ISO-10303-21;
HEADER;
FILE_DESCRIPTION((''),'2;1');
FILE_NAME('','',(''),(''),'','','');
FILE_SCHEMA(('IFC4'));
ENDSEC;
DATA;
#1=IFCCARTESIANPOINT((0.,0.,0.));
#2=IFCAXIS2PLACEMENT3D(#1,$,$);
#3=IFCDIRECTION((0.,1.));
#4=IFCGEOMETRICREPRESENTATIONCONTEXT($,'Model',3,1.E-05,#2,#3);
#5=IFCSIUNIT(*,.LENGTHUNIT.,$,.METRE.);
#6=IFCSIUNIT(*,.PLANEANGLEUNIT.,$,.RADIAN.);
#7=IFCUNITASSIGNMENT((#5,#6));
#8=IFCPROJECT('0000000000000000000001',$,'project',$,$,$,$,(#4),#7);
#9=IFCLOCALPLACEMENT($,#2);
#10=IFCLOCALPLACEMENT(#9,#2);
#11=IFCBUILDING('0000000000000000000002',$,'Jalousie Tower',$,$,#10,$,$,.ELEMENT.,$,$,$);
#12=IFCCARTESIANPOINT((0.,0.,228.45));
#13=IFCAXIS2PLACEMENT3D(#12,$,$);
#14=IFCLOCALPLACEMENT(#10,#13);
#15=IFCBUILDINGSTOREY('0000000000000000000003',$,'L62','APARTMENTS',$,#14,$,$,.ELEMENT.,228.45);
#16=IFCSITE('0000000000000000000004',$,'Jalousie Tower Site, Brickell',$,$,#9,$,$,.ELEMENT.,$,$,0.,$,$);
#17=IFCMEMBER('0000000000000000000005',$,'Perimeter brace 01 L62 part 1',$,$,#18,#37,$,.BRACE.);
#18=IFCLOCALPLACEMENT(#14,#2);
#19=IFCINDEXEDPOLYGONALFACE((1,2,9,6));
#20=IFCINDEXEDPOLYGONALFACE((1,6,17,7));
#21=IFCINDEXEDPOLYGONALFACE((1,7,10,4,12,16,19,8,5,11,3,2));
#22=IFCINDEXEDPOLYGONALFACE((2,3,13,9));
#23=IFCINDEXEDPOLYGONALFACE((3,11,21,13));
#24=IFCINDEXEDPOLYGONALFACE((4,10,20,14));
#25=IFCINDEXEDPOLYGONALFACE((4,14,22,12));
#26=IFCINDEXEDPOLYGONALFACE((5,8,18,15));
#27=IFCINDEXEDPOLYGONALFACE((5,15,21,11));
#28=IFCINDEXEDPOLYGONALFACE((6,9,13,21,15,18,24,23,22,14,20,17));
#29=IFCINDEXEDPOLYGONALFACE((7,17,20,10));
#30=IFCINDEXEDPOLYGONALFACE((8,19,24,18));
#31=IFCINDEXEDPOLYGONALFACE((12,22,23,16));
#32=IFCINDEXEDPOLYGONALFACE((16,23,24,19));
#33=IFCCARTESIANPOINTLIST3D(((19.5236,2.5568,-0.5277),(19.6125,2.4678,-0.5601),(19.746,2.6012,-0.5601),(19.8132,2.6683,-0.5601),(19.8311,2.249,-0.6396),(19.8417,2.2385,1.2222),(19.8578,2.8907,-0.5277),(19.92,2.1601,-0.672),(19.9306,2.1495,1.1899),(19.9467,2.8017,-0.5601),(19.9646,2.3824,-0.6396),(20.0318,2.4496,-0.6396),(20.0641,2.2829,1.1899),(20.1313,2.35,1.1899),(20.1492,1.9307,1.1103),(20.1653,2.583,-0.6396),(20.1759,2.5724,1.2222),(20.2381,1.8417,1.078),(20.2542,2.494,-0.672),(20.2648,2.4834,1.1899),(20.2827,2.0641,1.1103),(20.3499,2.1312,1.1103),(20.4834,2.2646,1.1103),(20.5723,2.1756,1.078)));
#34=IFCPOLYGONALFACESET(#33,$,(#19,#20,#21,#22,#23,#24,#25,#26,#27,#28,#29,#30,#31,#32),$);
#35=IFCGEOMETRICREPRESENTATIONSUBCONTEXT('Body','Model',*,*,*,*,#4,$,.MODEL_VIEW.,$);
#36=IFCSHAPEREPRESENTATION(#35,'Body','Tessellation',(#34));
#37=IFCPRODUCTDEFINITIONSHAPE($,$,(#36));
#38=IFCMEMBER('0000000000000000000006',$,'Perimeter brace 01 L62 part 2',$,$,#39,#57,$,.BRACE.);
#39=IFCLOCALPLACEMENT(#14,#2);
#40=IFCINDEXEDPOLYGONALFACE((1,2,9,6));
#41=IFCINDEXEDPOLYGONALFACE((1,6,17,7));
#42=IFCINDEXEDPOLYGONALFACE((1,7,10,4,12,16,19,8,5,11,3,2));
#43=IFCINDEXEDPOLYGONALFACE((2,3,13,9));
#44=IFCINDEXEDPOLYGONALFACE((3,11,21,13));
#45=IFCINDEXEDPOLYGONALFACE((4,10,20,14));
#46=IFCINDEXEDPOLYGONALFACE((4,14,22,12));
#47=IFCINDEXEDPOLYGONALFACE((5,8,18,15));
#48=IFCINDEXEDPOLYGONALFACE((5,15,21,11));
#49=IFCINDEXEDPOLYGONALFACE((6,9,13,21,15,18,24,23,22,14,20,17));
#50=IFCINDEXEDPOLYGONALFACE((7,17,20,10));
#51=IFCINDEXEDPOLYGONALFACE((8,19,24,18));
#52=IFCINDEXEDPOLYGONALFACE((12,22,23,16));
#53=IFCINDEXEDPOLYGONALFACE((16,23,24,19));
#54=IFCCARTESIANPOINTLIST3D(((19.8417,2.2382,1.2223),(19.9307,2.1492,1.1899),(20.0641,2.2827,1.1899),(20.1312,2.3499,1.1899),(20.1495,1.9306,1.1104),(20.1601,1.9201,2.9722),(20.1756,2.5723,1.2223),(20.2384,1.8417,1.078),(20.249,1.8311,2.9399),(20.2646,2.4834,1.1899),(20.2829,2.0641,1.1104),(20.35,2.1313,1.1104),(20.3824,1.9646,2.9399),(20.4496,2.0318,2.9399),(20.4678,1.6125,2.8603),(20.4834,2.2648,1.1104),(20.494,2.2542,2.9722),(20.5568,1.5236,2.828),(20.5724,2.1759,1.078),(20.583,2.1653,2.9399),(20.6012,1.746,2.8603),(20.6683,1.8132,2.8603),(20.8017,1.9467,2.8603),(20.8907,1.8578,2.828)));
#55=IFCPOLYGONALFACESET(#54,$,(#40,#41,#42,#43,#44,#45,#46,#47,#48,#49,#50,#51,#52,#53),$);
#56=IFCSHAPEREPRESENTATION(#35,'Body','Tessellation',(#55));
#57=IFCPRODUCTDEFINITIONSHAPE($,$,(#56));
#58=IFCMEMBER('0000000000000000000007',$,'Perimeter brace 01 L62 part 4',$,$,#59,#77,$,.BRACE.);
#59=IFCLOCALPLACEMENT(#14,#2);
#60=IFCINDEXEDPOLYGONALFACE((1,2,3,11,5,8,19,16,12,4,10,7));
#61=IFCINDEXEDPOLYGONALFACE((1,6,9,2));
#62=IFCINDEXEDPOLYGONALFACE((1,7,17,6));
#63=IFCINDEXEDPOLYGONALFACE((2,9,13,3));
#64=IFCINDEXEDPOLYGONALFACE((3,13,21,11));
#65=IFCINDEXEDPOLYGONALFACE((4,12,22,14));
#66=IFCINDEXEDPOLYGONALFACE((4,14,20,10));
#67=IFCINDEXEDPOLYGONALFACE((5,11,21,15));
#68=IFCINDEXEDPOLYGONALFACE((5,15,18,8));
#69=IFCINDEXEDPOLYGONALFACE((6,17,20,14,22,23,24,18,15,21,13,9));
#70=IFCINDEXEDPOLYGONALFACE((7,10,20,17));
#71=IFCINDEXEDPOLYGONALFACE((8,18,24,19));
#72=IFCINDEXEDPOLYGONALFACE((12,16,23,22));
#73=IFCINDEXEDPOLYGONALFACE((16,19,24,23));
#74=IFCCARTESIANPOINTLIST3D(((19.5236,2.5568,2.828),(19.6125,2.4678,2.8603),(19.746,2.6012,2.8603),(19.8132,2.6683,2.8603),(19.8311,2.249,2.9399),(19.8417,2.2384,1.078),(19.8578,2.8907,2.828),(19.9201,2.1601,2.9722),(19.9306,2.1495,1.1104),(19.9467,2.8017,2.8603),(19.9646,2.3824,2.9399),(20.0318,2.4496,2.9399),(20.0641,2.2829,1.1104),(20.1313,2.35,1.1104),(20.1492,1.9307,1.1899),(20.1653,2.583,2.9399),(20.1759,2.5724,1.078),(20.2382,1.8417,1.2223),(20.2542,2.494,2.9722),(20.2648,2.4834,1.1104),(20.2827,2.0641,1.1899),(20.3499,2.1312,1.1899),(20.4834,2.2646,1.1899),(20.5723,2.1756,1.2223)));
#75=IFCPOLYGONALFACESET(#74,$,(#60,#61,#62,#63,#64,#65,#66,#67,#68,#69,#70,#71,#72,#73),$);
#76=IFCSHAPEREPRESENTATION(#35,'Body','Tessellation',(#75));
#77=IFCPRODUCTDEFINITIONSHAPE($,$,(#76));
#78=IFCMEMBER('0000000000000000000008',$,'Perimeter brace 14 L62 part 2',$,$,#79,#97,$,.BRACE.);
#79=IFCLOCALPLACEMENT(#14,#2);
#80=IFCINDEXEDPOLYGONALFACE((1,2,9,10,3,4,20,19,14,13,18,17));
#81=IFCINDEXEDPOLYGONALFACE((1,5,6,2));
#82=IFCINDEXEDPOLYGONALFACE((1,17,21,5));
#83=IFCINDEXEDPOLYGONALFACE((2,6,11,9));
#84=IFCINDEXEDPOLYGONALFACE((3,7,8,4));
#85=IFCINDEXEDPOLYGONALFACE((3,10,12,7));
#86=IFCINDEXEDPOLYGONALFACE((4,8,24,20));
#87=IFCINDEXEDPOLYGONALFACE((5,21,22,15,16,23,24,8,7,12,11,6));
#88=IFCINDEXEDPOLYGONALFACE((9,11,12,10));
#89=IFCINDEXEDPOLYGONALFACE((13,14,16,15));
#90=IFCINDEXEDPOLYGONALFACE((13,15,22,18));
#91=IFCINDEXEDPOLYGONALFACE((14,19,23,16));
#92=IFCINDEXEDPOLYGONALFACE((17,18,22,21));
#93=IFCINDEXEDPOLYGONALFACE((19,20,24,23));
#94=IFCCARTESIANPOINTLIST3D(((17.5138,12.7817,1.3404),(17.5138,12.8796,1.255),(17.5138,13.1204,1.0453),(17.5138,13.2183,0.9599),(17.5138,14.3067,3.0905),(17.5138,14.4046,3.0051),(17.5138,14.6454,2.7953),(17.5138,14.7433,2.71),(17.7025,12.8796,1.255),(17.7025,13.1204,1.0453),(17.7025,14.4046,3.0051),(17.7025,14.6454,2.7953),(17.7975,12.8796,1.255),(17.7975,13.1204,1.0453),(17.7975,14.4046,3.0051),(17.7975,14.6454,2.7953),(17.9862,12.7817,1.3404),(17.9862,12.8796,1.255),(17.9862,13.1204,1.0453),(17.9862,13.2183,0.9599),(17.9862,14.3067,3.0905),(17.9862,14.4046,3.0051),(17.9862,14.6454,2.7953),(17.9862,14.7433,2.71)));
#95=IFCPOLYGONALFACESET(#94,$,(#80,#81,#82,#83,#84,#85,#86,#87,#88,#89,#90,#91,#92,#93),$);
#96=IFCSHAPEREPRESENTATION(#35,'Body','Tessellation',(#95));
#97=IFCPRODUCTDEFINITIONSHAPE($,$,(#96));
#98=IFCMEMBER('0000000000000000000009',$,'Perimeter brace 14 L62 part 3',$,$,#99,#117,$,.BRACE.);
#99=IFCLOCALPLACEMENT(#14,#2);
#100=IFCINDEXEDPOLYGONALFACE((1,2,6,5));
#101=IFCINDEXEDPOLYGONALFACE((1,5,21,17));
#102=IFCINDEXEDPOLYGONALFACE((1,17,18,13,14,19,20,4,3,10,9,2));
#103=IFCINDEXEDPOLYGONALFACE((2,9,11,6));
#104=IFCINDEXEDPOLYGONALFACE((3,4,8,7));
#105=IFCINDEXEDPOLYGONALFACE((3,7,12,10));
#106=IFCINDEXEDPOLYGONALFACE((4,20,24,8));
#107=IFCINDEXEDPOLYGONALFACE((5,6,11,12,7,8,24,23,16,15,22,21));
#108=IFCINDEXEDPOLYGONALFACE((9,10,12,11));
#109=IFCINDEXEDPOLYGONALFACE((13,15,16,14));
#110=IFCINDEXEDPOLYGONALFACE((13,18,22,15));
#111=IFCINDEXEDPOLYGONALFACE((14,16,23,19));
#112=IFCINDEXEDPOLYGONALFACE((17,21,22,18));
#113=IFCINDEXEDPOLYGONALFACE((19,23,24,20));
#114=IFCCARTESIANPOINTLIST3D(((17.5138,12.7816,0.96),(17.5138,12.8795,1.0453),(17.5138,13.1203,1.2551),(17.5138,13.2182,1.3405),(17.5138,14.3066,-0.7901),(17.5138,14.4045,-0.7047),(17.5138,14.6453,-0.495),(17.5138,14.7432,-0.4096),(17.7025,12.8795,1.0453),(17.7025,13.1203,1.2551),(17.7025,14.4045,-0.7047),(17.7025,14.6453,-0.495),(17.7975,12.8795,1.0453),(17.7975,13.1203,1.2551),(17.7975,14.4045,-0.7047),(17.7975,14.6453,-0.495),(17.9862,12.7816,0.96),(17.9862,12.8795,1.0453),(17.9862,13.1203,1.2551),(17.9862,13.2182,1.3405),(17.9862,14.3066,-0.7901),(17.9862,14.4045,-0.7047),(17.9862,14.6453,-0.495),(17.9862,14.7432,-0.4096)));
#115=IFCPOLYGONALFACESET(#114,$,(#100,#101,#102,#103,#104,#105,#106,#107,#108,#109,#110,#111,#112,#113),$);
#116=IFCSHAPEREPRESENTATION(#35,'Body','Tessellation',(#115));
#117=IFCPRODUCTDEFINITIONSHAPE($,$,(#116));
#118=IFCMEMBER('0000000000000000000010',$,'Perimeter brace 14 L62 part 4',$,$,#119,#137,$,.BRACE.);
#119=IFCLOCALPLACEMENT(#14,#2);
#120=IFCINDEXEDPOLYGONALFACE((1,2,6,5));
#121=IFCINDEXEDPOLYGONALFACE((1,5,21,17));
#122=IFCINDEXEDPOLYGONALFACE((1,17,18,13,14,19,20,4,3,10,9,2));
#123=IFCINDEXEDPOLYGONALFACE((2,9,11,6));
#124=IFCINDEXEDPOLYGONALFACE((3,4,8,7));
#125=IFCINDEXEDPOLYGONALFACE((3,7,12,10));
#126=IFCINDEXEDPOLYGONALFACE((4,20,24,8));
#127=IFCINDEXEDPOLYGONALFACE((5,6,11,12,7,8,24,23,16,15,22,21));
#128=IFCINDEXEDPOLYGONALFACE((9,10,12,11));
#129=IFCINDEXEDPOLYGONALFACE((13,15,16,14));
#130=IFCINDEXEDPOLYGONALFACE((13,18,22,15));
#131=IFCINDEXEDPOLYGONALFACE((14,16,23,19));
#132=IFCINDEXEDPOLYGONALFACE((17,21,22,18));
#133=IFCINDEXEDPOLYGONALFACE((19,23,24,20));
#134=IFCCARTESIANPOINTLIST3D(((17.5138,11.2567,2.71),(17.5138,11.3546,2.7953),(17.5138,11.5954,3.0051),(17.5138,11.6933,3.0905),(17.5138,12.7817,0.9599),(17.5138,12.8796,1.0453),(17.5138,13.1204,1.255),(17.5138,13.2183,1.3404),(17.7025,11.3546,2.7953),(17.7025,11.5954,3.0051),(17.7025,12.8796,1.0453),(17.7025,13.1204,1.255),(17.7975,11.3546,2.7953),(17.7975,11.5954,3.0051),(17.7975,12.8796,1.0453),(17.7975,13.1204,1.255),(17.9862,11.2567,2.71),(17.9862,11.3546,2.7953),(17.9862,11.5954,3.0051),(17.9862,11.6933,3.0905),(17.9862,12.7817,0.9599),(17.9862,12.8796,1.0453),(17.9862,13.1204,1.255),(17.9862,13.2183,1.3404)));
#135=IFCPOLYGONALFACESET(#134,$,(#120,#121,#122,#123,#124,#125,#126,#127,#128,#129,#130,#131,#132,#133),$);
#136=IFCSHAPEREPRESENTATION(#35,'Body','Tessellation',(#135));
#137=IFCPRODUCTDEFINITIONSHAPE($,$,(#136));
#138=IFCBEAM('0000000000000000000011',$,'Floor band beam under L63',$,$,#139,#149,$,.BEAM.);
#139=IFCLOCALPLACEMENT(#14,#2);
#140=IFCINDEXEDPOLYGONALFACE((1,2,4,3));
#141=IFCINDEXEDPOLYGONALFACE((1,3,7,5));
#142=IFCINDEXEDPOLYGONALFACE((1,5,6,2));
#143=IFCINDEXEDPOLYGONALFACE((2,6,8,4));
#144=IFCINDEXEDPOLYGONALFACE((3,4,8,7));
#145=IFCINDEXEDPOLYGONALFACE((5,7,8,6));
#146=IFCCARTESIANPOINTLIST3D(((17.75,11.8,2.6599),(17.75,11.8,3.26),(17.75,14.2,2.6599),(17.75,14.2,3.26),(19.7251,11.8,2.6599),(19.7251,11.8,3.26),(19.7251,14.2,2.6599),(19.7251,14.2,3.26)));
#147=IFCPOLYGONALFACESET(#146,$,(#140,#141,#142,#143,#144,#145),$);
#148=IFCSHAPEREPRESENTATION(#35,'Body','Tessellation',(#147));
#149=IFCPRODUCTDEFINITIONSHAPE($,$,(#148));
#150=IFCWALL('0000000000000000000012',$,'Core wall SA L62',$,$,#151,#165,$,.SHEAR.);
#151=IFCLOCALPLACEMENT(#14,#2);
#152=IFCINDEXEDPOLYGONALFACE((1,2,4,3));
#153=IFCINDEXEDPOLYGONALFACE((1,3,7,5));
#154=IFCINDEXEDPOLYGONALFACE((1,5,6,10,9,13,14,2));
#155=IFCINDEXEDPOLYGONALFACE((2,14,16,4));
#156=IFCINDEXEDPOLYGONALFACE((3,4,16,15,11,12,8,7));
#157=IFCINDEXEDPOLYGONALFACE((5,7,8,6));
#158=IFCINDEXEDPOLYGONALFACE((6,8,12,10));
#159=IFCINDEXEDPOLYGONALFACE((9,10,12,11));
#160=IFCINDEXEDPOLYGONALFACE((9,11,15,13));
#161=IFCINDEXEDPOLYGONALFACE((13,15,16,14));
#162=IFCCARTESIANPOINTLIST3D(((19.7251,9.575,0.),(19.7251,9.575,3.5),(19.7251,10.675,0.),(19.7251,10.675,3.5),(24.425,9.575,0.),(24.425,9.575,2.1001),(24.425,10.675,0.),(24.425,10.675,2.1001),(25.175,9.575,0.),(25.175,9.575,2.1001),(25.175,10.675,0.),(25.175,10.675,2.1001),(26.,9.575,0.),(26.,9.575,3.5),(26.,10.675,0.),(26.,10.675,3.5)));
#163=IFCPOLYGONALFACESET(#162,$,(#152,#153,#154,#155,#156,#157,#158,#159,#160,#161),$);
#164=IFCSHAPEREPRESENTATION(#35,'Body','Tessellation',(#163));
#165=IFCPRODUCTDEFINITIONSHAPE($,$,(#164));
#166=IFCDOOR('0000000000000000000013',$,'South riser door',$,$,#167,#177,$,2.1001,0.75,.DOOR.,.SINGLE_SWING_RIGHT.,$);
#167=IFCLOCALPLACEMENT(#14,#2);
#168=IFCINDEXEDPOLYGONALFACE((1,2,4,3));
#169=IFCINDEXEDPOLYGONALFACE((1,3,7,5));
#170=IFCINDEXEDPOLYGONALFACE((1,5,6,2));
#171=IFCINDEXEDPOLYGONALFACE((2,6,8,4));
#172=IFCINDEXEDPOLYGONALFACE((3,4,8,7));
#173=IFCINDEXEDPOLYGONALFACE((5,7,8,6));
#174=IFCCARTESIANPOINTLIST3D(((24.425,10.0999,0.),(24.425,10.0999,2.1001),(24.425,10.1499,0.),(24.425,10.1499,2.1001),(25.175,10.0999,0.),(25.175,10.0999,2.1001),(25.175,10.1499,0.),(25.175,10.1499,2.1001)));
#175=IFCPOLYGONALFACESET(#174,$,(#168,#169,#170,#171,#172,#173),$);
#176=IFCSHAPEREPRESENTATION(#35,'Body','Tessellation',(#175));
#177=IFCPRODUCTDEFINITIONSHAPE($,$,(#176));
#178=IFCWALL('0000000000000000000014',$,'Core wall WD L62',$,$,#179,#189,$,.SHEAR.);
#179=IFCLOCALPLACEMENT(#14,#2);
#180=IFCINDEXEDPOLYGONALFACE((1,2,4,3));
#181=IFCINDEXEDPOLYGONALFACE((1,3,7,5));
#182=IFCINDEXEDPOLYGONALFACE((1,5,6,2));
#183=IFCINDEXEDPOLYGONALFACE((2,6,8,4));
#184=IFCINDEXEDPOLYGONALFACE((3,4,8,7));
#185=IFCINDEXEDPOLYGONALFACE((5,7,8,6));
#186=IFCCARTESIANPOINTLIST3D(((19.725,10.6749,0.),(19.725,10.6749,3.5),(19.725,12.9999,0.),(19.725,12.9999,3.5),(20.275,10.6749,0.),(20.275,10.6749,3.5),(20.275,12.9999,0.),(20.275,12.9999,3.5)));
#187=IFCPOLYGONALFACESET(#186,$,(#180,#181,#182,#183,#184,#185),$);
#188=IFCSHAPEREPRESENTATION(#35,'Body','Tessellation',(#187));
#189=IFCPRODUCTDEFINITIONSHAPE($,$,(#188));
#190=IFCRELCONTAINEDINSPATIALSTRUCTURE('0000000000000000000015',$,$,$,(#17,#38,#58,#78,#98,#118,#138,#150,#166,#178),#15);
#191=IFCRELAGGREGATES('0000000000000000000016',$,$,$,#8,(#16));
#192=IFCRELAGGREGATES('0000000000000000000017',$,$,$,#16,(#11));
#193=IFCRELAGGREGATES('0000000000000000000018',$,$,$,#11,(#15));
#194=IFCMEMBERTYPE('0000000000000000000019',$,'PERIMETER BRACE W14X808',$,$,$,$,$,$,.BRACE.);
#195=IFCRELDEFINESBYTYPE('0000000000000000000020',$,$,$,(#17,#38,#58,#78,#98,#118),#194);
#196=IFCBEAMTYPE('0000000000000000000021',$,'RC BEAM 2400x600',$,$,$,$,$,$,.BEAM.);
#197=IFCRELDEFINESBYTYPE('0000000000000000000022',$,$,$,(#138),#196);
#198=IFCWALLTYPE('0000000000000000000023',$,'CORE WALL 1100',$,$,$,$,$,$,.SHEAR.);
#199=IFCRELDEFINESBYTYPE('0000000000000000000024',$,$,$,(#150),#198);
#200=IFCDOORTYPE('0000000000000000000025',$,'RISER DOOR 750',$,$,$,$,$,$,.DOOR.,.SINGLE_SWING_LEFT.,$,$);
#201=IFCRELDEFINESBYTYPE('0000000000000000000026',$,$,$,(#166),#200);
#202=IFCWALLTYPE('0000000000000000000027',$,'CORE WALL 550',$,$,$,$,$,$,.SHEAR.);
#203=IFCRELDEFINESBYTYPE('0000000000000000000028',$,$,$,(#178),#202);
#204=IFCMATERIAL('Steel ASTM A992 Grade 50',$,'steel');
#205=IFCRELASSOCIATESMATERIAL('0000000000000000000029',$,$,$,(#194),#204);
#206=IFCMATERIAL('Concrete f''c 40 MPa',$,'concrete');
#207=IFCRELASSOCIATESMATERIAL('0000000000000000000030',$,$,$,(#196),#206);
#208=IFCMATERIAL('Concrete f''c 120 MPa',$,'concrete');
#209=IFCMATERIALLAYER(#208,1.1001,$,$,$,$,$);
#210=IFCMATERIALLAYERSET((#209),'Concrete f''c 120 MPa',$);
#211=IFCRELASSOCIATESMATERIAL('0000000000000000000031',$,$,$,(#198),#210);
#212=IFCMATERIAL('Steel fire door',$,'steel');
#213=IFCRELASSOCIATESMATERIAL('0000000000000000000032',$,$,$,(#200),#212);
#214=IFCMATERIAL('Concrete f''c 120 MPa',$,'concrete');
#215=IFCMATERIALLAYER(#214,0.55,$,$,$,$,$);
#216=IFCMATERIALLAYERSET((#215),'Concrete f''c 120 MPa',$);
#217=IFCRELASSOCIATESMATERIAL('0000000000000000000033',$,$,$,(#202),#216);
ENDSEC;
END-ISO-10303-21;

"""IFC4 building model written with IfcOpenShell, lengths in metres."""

from ifc_helpers import new_model, si_unit, direction, frame, frame_2d, origin, origin_2d, place, context, subcontext, project, spatial, rectangle, i_section, extrude, material, layer, layer_set, material_profile, profile_set, type_object, element, fill, save


model = new_model("IFC4")

# Units and contexts
model_context = context("Model", 3, precision=1e-05, world=origin(), true_north=direction((0.0, 1.0)))
body_context = subcontext(model_context, "Body", "Model", "MODEL_VIEW")
ifc_project = project(units=[si_unit("LENGTHUNIT", "METRE"), si_unit("PLANEANGLEUNIT", "RADIAN")], contexts=[model_context])

# Site, building, storey
site_placement = place(None, origin())
site = spatial("IfcSite", under=ifc_project, at=site_placement, Name="Jalousie Tower Site, Brickell", CompositionType="ELEMENT", RefElevation=0.0)
building_placement = place(site_placement, origin())
building = spatial("IfcBuilding", under=site, at=building_placement, Name="Jalousie Tower", CompositionType="ELEMENT")
storey_placement = place(building_placement, frame((0.0, 0.0, 228.45)))
storey = spatial("IfcBuildingStorey", under=building, at=storey_placement, Name="L62", Description="APARTMENTS", CompositionType="ELEMENT", Elevation=228.45)

# Members
ifc_material_1 = material(Name="Steel ASTM A992 Grade 50", Category="steel")
ifc_material_profile_1 = material_profile(ifc_material_1, i_section(OverallWidth=0.4724, OverallDepth=0.5791, WebThickness=0.095, FlangeThickness=0.1299, at=origin_2d()), Name="W14X808")
ifc_profile_set_1 = profile_set([ifc_material_profile_1], Name="Steel ASTM A992 Grade 50")
member_type = type_object("IfcMemberType", Name="PERIMETER BRACE W14X808", PredefinedType="BRACE", material=ifc_profile_set_1)
for number, where, z_axis, x_axis, name in (
    (1, (19.8889, 2.5254, -0.5999), (0.176051, -0.176187, 0.968486), (0.707378, 0.706835, 0.0), "Perimeter brace 01 L62 part 1"),
    (2, (20.207, 2.207, 1.1501), (0.176187, -0.176051, 0.968486), (0.706835, 0.707378, 0.0), "Perimeter brace 01 L62 part 2"),
    (3, (20.207, 2.207, 1.1501), (-0.176051, 0.176187, 0.968486), (-0.707378, -0.706835, 0.0), "Perimeter brace 01 L62 part 4"),
):
    element("IfcMember", number, at=place(storey_placement, frame(where, z_axis=z_axis, x_axis=x_axis)), inside=storey, type_object=member_type, Name=name, PredefinedType="BRACE", context=body_context, shape_type="SweptSolid", body=[
        extrude(i_section(OverallWidth=0.4724, OverallDepth=0.5791, WebThickness=0.095, FlangeThickness=0.1299, at=origin_2d()), origin(), (0.0, 0.0, 1.0), 1.8069),
    ])
for number, where, z_axis, x_axis, name in (
    (4, (17.75, 13.0, 1.1501), (0.0, 0.656954, 0.75393), (-1.0, 0.0, 0.0), "Perimeter brace 14 L62 part 2"),
    (5, (17.75, 14.5249, -0.5999), (0.0, -0.656954, 0.75393), (1.0, 0.0, 0.0), "Perimeter brace 14 L62 part 3"),
    (6, (17.75, 13.0, 1.1501), (0.0, -0.656954, 0.75393), (1.0, 0.0, 0.0), "Perimeter brace 14 L62 part 4"),
):
    element("IfcMember", number, at=place(storey_placement, frame(where, z_axis=z_axis, x_axis=x_axis)), inside=storey, type_object=member_type, Name=name, PredefinedType="BRACE", context=body_context, shape_type="SweptSolid", body=[
        extrude(i_section(OverallWidth=0.4724, OverallDepth=0.5791, WebThickness=0.095, FlangeThickness=0.1299, at=origin_2d()), origin(), (0.0, 0.0, 1.0), 2.3213),
    ])

# Beam
ifc_material_2 = material(Name="Concrete f'c 40 MPa", Category="concrete")
ifc_material_profile_2 = material_profile(ifc_material_2, rectangle(XDim=2.3999, YDim=0.6001, at=origin_2d()), Name="RC 2400x600")
ifc_profile_set_2 = profile_set([ifc_material_profile_2], Name="Concrete f'c 40 MPa")
beam_type = type_object("IfcBeamType", Name="RC BEAM 2400x600", PredefinedType="BEAM", material=ifc_profile_set_2)
beam_placement = place(storey_placement, frame((17.75, 13.0, 2.96), z_axis=(1.0, 0.0, 0.0), x_axis=(0.0, 1.0, 0.0)))
element("IfcBeam", 7, at=beam_placement, inside=storey, type_object=beam_type, Name="Floor band beam under L63", PredefinedType="BEAM", context=body_context, shape_type="SweptSolid", body=[
    extrude(rectangle(XDim=2.3999, YDim=0.6001, at=origin_2d()), origin(), (0.0, 0.0, 1.0), 1.9751),
])

# Wall, opening, door
ifc_material_3 = material(Name="Concrete f'c 120 MPa", Category="concrete")
ifc_layer_1 = layer(ifc_material_3, 1.1001)
ifc_layer_set_1 = layer_set([ifc_layer_1], Name="Concrete f'c 120 MPa")
wall_type_1 = type_object("IfcWallType", Name="CORE WALL 1100", PredefinedType="SHEAR", material=ifc_layer_set_1)
wall_1_placement = place(storey_placement, frame((19.7251, 10.125, 0.0), z_axis=(0.0, 0.0, 1.0), x_axis=(1.0, 0.0, 0.0)))
wall_1 = element("IfcWall", 8, at=wall_1_placement, inside=storey, type_object=wall_type_1, Name="Core wall SA L62", PredefinedType="SHEAR", context=body_context, shape_type="SweptSolid", body=[
    extrude(rectangle(XDim=6.2749, YDim=1.1001, at=frame_2d((3.1375, 0.0))), origin(), (0.0, 0.0, 1.0), 3.5),
])
opening_1_placement = place(wall_1_placement, frame((4.7, 0.0, 0.0)))
opening_1 = element("IfcOpeningElement", 9, at=opening_1_placement, cuts=wall_1, PredefinedType="OPENING", context=body_context, shape_type="SweptSolid", body=[
    extrude(rectangle(XDim=0.75, YDim=2.1001, at=frame_2d((0.375, 1.05))), frame((0.0, 0.5601, 0.0), z_axis=(0.0, -1.0, 0.0), x_axis=(1.0, 0.0, 0.0)), (0.0, 0.0, 1.0), 1.1201),
])
ifc_material_4 = material(Name="Steel fire door", Category="steel")
door_type_1 = type_object("IfcDoorType", Name="RISER DOOR 750", OperationType="SINGLE_SWING_LEFT", PredefinedType="DOOR", material=ifc_material_4)
door_1_placement = place(opening_1_placement, origin())
door_1 = element("IfcDoor", 10, at=door_1_placement, inside=storey, type_object=door_type_1, Name="South riser door", OperationType="SINGLE_SWING_RIGHT", OverallHeight=2.1001, OverallWidth=0.75, PredefinedType="DOOR", context=body_context, shape_type="SweptSolid", body=[
    extrude(rectangle(XDim=0.75, YDim=2.1001, at=frame_2d((0.375, 1.05))), frame((0.0, 0.0249, 0.0), z_axis=(0.0, -1.0, 0.0), x_axis=(1.0, 0.0, 0.0)), (0.0, 0.0, 1.0), 0.05),
])
fill(opening_1, door_1)

# Wall
ifc_material_5 = material(Name="Concrete f'c 120 MPa", Category="concrete")
ifc_layer_2 = layer(ifc_material_5, 0.55)
ifc_layer_set_2 = layer_set([ifc_layer_2], Name="Concrete f'c 120 MPa")
wall_type_2 = type_object("IfcWallType", Name="CORE WALL 550", PredefinedType="SHEAR", material=ifc_layer_set_2)
wall_2_placement = place(storey_placement, frame((20.0, 13.0, 0.0), z_axis=(0.0, 0.0, 1.0), x_axis=(0.0, -1.0, 0.0)))
element("IfcWall", 11, at=wall_2_placement, inside=storey, type_object=wall_type_2, Name="Core wall WD L62", PredefinedType="SHEAR", context=body_context, shape_type="SweptSolid", body=[
    extrude(rectangle(XDim=2.325, YDim=0.55, at=frame_2d((1.1626, 0.0))), origin(), (0.0, 0.0, 1.0), 3.5),
])

save(model, "model.ifc")
